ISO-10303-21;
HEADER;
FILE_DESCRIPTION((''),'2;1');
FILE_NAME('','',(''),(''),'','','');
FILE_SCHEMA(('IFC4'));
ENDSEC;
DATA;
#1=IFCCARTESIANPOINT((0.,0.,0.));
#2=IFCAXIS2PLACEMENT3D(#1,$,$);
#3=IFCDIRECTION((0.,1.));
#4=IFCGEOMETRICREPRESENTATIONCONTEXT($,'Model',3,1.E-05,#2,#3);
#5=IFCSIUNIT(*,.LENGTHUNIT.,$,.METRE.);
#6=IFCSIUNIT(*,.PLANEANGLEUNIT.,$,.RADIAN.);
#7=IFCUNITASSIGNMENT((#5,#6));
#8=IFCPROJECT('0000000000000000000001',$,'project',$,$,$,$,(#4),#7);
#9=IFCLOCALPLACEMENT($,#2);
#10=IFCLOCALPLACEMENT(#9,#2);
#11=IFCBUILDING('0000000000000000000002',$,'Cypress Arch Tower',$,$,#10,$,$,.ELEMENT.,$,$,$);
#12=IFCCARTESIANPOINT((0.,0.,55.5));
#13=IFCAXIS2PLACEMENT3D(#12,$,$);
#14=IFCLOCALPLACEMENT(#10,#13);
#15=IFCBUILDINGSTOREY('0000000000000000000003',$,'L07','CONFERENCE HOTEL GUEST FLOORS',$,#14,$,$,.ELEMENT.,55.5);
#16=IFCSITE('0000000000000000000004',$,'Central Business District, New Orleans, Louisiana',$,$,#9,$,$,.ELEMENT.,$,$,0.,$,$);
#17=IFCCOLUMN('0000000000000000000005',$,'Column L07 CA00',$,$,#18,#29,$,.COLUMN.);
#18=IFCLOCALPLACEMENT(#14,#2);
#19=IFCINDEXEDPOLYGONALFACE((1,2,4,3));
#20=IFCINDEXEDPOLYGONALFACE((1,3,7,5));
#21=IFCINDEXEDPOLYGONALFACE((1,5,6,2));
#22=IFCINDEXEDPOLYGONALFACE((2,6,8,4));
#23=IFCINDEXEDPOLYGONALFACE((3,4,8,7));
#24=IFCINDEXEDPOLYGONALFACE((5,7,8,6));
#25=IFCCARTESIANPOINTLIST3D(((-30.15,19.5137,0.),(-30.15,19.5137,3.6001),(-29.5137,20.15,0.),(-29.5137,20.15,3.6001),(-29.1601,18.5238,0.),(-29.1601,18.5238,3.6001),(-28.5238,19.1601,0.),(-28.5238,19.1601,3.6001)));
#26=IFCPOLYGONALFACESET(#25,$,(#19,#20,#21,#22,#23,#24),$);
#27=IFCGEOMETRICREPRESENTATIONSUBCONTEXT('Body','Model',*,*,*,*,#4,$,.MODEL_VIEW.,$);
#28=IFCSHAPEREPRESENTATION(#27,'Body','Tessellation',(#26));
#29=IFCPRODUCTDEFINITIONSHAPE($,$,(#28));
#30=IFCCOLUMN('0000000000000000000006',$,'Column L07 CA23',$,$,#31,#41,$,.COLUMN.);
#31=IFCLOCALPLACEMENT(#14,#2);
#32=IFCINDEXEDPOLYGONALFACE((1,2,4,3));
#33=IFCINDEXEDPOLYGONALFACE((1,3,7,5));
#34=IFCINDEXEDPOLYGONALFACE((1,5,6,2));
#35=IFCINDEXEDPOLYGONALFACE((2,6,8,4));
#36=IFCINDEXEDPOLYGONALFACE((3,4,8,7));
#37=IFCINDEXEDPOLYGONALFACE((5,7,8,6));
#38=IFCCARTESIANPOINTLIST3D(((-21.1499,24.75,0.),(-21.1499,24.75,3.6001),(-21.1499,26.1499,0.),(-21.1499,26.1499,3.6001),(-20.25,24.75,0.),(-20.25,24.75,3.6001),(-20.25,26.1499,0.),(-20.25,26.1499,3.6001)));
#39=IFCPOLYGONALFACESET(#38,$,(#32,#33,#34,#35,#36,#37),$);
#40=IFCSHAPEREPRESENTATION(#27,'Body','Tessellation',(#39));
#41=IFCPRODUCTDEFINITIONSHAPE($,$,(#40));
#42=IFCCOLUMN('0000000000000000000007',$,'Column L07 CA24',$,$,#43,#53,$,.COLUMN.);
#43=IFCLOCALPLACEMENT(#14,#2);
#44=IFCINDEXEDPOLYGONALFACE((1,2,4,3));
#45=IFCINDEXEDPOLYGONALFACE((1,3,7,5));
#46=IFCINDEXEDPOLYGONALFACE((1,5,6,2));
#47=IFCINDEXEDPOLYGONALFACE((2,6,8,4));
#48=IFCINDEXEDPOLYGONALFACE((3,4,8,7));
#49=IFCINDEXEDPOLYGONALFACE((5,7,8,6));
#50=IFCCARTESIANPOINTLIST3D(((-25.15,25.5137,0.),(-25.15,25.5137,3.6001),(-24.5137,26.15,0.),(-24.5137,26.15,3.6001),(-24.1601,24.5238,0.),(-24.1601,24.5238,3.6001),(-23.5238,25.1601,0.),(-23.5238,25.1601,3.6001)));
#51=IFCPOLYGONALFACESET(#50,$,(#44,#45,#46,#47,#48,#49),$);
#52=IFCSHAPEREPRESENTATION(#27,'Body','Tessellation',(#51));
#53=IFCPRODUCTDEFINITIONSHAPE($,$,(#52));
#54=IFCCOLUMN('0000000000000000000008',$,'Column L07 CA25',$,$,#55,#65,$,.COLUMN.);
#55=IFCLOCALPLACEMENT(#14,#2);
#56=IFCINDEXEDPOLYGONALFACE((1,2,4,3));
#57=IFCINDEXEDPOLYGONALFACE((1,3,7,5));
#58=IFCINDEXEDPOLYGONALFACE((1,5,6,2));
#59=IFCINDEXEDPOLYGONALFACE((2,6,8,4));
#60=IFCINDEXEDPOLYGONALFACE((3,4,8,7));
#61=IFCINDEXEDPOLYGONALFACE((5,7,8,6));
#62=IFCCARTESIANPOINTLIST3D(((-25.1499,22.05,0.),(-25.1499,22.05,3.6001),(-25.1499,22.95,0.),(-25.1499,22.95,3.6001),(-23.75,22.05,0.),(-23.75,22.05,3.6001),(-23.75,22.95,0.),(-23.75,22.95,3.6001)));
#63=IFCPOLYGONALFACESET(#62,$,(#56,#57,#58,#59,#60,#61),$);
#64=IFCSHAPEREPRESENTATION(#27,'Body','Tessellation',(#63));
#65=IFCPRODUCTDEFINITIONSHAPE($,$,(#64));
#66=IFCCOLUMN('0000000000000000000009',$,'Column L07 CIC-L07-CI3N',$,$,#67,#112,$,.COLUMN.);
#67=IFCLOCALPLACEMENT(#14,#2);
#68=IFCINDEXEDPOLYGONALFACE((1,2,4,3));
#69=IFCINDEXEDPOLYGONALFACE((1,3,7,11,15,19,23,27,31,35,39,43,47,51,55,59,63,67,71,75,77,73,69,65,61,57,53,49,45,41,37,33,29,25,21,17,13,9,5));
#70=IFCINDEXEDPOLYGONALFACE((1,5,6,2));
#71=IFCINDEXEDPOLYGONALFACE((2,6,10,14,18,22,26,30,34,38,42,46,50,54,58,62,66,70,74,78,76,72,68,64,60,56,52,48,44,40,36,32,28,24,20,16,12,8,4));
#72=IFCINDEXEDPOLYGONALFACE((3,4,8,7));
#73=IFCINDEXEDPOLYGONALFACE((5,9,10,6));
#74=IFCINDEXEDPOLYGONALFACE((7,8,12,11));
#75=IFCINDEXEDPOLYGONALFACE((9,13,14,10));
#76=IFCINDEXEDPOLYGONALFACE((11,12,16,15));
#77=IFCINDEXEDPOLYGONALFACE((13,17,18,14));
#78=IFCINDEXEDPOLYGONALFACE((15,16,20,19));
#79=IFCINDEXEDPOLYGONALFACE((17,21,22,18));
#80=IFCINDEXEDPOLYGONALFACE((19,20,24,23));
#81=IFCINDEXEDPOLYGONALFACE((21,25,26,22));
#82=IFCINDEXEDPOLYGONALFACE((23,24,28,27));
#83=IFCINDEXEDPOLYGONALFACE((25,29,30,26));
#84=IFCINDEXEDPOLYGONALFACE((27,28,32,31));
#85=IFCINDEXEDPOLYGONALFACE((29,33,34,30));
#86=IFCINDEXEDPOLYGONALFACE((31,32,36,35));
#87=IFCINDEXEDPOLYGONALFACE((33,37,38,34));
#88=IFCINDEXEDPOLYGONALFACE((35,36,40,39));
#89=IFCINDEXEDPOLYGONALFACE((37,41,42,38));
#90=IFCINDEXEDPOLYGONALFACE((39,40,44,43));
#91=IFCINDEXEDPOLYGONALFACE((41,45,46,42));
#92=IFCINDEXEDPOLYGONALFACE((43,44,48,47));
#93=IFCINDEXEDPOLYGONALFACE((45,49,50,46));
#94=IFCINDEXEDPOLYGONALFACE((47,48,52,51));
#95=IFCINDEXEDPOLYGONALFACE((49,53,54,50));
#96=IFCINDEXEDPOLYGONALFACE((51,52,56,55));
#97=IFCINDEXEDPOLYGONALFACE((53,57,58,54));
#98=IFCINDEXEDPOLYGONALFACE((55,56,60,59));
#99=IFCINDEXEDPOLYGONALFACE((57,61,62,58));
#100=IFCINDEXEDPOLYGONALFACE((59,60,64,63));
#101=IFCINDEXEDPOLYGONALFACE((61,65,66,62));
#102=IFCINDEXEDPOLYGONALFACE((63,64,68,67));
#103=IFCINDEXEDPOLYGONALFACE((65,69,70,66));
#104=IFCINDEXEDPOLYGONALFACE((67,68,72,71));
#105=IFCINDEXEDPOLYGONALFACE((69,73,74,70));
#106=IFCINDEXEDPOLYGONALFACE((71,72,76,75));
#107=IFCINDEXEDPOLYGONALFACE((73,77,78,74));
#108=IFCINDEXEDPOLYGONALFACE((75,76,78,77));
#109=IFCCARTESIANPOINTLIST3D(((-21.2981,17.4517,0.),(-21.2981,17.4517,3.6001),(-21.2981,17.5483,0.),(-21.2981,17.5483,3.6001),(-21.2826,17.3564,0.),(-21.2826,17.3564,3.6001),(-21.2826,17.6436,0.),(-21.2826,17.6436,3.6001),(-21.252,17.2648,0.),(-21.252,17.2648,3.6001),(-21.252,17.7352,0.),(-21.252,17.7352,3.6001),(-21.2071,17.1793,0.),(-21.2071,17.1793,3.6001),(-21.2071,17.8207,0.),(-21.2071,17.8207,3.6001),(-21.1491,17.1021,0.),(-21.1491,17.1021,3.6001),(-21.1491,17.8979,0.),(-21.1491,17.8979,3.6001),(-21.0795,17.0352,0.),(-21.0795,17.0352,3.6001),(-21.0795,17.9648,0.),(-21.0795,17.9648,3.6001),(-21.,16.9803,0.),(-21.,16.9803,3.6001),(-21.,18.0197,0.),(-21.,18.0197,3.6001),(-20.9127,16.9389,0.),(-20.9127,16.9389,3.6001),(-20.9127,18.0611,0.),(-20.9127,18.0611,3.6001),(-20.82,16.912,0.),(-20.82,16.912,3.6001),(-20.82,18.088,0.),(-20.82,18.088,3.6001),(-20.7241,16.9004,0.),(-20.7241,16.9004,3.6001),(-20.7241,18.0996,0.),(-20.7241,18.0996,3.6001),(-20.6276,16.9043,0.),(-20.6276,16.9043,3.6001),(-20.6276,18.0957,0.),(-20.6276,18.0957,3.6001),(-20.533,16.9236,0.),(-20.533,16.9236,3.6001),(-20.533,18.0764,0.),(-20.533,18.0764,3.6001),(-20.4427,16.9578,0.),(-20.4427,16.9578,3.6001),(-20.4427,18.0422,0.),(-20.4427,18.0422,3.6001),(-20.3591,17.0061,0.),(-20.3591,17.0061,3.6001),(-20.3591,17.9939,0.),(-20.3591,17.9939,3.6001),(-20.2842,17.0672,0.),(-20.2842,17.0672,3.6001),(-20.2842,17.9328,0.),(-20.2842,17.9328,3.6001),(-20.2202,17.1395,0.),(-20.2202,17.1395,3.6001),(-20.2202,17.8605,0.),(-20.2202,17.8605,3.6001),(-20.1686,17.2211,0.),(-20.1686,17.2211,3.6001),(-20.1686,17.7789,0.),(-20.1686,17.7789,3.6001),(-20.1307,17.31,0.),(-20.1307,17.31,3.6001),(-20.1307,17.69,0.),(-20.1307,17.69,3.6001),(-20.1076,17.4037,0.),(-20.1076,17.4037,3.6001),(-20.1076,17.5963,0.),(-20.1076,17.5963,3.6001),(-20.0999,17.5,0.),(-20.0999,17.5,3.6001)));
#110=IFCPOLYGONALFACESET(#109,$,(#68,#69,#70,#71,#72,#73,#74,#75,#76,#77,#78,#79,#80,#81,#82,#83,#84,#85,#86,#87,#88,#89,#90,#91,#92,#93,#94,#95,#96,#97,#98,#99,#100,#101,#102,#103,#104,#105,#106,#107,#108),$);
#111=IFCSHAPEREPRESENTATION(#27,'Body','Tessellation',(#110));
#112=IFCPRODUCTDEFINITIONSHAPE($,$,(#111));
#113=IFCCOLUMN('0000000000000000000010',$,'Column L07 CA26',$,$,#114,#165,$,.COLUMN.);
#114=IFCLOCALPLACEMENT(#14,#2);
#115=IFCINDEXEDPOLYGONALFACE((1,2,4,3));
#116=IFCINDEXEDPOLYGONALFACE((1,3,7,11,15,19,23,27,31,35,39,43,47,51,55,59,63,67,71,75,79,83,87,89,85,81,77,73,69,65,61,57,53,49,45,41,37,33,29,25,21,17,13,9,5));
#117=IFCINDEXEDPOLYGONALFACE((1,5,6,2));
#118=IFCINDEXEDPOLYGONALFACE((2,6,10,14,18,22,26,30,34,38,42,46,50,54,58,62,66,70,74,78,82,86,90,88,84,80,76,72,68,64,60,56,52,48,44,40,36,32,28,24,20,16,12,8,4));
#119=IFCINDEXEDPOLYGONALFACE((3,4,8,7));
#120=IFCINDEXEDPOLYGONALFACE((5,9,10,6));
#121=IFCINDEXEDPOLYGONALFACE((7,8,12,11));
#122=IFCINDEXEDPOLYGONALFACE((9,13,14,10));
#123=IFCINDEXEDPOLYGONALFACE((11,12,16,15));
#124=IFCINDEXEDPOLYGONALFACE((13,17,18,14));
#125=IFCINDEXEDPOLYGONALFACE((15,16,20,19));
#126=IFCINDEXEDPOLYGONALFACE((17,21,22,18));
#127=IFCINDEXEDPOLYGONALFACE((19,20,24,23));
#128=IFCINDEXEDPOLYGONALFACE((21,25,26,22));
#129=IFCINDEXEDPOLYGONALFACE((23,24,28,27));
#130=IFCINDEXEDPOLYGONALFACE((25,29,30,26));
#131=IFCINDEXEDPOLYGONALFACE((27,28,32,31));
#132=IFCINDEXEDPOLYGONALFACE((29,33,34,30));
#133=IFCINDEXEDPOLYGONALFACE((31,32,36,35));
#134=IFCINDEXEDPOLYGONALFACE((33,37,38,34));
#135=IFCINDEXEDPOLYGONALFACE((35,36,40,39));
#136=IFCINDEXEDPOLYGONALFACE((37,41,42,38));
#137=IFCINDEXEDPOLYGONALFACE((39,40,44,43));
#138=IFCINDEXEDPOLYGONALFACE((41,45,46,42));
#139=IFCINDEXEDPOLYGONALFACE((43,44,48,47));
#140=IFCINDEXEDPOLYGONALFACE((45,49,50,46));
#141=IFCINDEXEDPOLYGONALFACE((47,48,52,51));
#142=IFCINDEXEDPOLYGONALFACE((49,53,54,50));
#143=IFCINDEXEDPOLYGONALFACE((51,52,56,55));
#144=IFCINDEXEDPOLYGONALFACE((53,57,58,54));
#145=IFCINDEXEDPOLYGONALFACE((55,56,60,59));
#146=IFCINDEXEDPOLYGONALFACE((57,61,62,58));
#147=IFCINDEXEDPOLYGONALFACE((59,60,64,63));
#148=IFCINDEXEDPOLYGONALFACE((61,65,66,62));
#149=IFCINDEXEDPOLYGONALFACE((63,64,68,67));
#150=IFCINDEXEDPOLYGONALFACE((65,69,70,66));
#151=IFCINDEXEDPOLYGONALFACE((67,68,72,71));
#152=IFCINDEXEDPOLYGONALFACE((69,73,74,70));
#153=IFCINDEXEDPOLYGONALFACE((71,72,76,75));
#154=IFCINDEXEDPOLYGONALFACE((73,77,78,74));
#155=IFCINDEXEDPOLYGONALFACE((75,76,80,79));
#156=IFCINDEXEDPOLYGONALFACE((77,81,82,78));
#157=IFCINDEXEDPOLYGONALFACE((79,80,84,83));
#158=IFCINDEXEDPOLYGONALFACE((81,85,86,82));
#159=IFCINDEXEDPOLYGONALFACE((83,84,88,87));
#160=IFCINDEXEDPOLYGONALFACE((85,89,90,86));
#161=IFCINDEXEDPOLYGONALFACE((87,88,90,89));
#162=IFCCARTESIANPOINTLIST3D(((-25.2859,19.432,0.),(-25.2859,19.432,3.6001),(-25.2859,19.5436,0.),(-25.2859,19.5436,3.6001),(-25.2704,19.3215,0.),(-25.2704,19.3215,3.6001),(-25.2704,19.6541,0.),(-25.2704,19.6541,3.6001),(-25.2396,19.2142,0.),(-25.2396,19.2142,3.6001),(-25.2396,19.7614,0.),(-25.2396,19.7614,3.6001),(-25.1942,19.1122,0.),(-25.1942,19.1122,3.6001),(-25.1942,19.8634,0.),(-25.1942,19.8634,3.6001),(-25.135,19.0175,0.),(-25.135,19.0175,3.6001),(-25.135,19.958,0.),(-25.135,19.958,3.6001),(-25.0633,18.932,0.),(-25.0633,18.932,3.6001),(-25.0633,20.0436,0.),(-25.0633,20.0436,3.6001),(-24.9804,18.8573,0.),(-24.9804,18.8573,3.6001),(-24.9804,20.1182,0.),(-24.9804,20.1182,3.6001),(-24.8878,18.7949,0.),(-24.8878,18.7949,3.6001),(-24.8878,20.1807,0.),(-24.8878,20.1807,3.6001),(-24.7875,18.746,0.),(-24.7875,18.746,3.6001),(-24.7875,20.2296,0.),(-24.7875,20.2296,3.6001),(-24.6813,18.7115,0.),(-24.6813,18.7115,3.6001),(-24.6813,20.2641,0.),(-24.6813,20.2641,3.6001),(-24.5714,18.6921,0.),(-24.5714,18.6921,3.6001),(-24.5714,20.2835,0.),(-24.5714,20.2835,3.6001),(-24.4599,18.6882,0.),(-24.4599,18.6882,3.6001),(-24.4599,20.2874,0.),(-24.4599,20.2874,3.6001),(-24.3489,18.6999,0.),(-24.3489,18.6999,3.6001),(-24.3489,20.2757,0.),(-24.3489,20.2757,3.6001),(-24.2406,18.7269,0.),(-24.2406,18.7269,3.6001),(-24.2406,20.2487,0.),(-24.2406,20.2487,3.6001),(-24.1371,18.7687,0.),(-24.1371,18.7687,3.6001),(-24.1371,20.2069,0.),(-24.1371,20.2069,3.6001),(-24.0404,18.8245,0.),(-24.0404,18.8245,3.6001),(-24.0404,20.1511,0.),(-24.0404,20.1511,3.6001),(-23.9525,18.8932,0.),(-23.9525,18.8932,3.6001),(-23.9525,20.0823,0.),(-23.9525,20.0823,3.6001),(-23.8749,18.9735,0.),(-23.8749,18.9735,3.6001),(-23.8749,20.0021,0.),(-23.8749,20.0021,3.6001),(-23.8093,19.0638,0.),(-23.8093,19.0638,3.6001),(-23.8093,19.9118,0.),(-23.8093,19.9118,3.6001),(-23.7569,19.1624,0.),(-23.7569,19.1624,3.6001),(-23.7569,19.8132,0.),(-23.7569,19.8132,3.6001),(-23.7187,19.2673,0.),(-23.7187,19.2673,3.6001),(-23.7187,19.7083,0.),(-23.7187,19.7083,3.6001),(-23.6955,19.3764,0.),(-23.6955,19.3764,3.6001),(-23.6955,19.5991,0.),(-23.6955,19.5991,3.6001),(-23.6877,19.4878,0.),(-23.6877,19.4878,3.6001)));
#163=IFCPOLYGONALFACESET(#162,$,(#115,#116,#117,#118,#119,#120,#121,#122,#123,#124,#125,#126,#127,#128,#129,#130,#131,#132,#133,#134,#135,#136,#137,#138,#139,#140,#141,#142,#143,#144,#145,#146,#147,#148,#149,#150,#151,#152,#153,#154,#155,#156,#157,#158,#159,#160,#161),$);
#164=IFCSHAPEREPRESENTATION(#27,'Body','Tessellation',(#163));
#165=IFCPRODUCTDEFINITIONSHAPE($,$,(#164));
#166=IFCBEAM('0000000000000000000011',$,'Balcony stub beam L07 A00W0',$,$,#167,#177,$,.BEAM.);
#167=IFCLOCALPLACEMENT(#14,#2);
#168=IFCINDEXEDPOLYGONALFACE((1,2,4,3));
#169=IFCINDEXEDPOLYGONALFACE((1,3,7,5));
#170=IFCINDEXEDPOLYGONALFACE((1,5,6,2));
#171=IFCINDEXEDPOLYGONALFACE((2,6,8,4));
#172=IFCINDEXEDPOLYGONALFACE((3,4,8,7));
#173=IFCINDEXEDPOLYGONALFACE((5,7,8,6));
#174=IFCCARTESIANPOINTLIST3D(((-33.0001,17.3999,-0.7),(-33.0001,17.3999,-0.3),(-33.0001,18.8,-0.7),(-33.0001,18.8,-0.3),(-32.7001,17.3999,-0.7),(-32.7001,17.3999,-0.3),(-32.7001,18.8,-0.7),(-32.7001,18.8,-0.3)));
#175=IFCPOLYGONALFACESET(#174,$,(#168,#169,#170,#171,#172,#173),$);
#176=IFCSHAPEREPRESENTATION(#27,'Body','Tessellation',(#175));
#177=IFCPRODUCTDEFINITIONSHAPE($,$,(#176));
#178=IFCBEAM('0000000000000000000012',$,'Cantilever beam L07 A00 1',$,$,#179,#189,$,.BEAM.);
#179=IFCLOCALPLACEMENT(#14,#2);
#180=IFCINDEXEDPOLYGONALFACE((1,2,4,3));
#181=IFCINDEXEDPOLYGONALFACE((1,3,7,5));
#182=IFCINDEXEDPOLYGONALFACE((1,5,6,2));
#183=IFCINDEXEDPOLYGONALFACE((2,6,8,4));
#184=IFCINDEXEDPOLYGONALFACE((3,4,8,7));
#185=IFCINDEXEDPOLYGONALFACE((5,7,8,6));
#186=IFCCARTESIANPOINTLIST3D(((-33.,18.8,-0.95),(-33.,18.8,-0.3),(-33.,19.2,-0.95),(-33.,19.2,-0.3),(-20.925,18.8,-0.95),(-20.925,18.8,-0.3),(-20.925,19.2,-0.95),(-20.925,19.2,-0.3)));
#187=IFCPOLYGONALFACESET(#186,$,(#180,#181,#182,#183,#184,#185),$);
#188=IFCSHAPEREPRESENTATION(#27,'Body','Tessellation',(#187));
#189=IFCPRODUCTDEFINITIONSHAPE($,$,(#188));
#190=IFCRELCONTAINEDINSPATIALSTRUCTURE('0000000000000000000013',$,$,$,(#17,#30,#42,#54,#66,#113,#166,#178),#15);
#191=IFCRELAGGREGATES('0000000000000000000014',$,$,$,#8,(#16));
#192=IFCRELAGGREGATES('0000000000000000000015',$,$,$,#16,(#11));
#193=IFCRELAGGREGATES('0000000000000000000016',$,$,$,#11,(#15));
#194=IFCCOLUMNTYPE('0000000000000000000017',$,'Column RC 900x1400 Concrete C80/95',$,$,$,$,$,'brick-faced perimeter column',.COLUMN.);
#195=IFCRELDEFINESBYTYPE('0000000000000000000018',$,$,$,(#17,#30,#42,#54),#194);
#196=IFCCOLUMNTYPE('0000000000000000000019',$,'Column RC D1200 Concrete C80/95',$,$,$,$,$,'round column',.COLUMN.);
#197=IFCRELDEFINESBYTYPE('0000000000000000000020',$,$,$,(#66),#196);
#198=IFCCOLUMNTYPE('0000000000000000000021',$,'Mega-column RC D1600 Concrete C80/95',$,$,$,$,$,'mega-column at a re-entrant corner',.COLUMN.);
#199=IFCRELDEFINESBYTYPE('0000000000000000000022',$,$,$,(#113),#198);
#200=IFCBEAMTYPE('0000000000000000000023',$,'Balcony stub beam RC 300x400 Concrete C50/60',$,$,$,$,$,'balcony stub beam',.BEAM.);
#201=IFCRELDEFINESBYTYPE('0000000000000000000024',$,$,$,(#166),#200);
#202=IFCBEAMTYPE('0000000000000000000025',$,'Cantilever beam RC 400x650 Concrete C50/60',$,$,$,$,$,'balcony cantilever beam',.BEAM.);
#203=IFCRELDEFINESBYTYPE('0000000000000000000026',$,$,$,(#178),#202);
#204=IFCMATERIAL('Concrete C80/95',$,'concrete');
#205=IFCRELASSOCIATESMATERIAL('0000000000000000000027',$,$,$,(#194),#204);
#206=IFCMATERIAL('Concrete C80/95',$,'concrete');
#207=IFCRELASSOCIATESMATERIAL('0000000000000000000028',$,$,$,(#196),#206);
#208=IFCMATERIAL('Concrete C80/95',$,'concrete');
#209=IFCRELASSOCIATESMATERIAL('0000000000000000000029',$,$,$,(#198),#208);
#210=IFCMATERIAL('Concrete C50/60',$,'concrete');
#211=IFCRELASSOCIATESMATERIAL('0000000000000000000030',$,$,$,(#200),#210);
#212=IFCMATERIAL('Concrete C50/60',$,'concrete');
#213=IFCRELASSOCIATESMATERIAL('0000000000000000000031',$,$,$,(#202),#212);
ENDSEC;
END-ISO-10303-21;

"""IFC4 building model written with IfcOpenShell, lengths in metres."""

from ifc_helpers import new_model, si_unit, direction, frame, origin, origin_2d, place, context, subcontext, project, spatial, rectangle, circle, extrude, material, material_profile, profile_set, type_object, element, save


model = new_model("IFC4")

# Units and contexts
model_context = context("Model", 3, precision=1e-05, world=origin(), true_north=direction((0.0, 1.0)))
body_context = subcontext(model_context, "Body", "Model", "MODEL_VIEW")
ifc_project = project(units=[si_unit("LENGTHUNIT", "METRE"), si_unit("PLANEANGLEUNIT", "RADIAN")], contexts=[model_context])

# Site, building, storey
site_placement = place(None, origin())
site = spatial("IfcSite", under=ifc_project, at=site_placement, Name="Central Business District, New Orleans, Louisiana", CompositionType="ELEMENT", RefElevation=0.0)
building_placement = place(site_placement, origin())
building = spatial("IfcBuilding", under=site, at=building_placement, Name="Cypress Arch Tower", CompositionType="ELEMENT")
storey_placement = place(building_placement, frame((0.0, 0.0, 55.5)))
storey = spatial("IfcBuildingStorey", under=building, at=storey_placement, Name="L07", Description="CONFERENCE HOTEL GUEST FLOORS", CompositionType="ELEMENT", Elevation=55.5)

# Columns
ifc_material_1 = material(Name="Concrete C80/95", Category="concrete")
ifc_material_profile_1 = material_profile(ifc_material_1, rectangle(XDim=0.8999, YDim=1.3999, at=origin_2d()), Name="RC 900x1400")
ifc_profile_set_1 = profile_set([ifc_material_profile_1], Name="Concrete C80/95")
column_type_1 = type_object("IfcColumnType", Name="Column RC 900x1400 Concrete C80/95", ElementType="brick-faced perimeter column", PredefinedType="COLUMN", material=ifc_profile_set_1)
for number, where, z_axis, x_axis, name in (
    (1, (-29.3369, 19.3369, 0.0), (0.0, 0.0, 1.0), (-0.707107, -0.707107, 0.0), "Column L07 CA00"),
    (2, (-20.7, 25.45, 0.0), (0.0, 0.0, 1.0), (-1.0, 0.0, 0.0), "Column L07 CA23"),
    (3, (-24.3369, 25.3369, 0.0), (0.0, 0.0, 1.0), (-0.707107, -0.707107, 0.0), "Column L07 CA24"),
    (4, (-24.45, 22.5, 0.0), (0.0, 0.0, 1.0), (0.0, -1.0, 0.0), "Column L07 CA25"),
):
    element("IfcColumn", number, at=place(storey_placement, frame(where, z_axis=z_axis, x_axis=x_axis)), inside=storey, type_object=column_type_1, Name=name, PredefinedType="COLUMN", context=body_context, shape_type="SweptSolid", body=[
        extrude(rectangle(XDim=0.8999, YDim=1.3999, at=origin_2d()), origin(), (0.0, 0.0, 1.0), 3.6001),
    ])
ifc_material_2 = material(Name="Concrete C80/95", Category="concrete")
ifc_material_profile_2 = material_profile(ifc_material_2, circle(Radius=0.6001, at=origin_2d()), Name="RC D1200")
ifc_profile_set_2 = profile_set([ifc_material_profile_2], Name="Concrete C80/95")
column_type_2 = type_object("IfcColumnType", Name="Column RC D1200 Concrete C80/95", ElementType="round column", PredefinedType="COLUMN", material=ifc_profile_set_2)
column_1_placement = place(storey_placement, frame((-20.7, 17.5, 0.0), z_axis=(0.0, 0.0, 1.0), x_axis=(1.0, 0.0, 0.0)))
element("IfcColumn", 5, at=column_1_placement, inside=storey, type_object=column_type_2, Name="Column L07 CIC-L07-CI3N", PredefinedType="COLUMN", context=body_context, shape_type="SweptSolid", body=[
    extrude(circle(Radius=0.6001, at=origin_2d()), origin(), (0.0, 0.0, 1.0), 3.6001),
])
ifc_material_3 = material(Name="Concrete C80/95", Category="concrete")
ifc_material_profile_3 = material_profile(ifc_material_3, circle(Radius=0.8, at=origin_2d()), Name="RC D1600")
ifc_profile_set_3 = profile_set([ifc_material_profile_3], Name="Concrete C80/95")
column_type_3 = type_object("IfcColumnType", Name="Mega-column RC D1600 Concrete C80/95", ElementType="mega-column at a re-entrant corner", PredefinedType="COLUMN", material=ifc_profile_set_3)
column_2_placement = place(storey_placement, frame((-24.4878, 19.4878, 0.0), z_axis=(0.0, 0.0, 1.0), x_axis=(1.0, 0.0, 0.0)))
element("IfcColumn", 6, at=column_2_placement, inside=storey, type_object=column_type_3, Name="Column L07 CA26", PredefinedType="COLUMN", context=body_context, shape_type="SweptSolid", body=[
    extrude(circle(Radius=0.8, at=origin_2d()), origin(), (0.0, 0.0, 1.0), 3.6001),
])

# Beams
ifc_material_4 = material(Name="Concrete C50/60", Category="concrete")
ifc_material_profile_4 = material_profile(ifc_material_4, rectangle(XDim=0.3, YDim=0.3999, at=origin_2d()), Name="RC 300x400")
ifc_profile_set_4 = profile_set([ifc_material_profile_4], Name="Concrete C50/60")
beam_type_1 = type_object("IfcBeamType", Name="Balcony stub beam RC 300x400 Concrete C50/60", ElementType="balcony stub beam", PredefinedType="BEAM", material=ifc_profile_set_4)
beam_1_placement = place(storey_placement, frame((-32.8501, 18.8, -0.5), z_axis=(0.0, -1.0, 0.0), x_axis=(1.0, 0.0, 0.0)))
element("IfcBeam", 7, at=beam_1_placement, inside=storey, type_object=beam_type_1, Name="Balcony stub beam L07 A00W0", PredefinedType="BEAM", context=body_context, shape_type="SweptSolid", body=[
    extrude(rectangle(XDim=0.3, YDim=0.3999, at=origin_2d()), origin(), (0.0, 0.0, 1.0), 1.4001),
])
ifc_material_5 = material(Name="Concrete C50/60", Category="concrete")
ifc_material_profile_5 = material_profile(ifc_material_5, rectangle(XDim=0.3999, YDim=0.6499, at=origin_2d()), Name="RC 400x650")
ifc_profile_set_5 = profile_set([ifc_material_profile_5], Name="Concrete C50/60")
beam_type_2 = type_object("IfcBeamType", Name="Cantilever beam RC 400x650 Concrete C50/60", ElementType="balcony cantilever beam", PredefinedType="BEAM", material=ifc_profile_set_5)
beam_2_placement = place(storey_placement, frame((-20.925, 19.0, -0.625), z_axis=(-1.0, 0.0, 0.0), x_axis=(0.0, -1.0, 0.0)))
element("IfcBeam", 8, at=beam_2_placement, inside=storey, type_object=beam_type_2, Name="Cantilever beam L07 A00 1", PredefinedType="BEAM", context=body_context, shape_type="SweptSolid", body=[
    extrude(rectangle(XDim=0.3999, YDim=0.6499, at=origin_2d()), origin(), (0.0, 0.0, 1.0), 12.075),
])

save(model, "model.ifc")
